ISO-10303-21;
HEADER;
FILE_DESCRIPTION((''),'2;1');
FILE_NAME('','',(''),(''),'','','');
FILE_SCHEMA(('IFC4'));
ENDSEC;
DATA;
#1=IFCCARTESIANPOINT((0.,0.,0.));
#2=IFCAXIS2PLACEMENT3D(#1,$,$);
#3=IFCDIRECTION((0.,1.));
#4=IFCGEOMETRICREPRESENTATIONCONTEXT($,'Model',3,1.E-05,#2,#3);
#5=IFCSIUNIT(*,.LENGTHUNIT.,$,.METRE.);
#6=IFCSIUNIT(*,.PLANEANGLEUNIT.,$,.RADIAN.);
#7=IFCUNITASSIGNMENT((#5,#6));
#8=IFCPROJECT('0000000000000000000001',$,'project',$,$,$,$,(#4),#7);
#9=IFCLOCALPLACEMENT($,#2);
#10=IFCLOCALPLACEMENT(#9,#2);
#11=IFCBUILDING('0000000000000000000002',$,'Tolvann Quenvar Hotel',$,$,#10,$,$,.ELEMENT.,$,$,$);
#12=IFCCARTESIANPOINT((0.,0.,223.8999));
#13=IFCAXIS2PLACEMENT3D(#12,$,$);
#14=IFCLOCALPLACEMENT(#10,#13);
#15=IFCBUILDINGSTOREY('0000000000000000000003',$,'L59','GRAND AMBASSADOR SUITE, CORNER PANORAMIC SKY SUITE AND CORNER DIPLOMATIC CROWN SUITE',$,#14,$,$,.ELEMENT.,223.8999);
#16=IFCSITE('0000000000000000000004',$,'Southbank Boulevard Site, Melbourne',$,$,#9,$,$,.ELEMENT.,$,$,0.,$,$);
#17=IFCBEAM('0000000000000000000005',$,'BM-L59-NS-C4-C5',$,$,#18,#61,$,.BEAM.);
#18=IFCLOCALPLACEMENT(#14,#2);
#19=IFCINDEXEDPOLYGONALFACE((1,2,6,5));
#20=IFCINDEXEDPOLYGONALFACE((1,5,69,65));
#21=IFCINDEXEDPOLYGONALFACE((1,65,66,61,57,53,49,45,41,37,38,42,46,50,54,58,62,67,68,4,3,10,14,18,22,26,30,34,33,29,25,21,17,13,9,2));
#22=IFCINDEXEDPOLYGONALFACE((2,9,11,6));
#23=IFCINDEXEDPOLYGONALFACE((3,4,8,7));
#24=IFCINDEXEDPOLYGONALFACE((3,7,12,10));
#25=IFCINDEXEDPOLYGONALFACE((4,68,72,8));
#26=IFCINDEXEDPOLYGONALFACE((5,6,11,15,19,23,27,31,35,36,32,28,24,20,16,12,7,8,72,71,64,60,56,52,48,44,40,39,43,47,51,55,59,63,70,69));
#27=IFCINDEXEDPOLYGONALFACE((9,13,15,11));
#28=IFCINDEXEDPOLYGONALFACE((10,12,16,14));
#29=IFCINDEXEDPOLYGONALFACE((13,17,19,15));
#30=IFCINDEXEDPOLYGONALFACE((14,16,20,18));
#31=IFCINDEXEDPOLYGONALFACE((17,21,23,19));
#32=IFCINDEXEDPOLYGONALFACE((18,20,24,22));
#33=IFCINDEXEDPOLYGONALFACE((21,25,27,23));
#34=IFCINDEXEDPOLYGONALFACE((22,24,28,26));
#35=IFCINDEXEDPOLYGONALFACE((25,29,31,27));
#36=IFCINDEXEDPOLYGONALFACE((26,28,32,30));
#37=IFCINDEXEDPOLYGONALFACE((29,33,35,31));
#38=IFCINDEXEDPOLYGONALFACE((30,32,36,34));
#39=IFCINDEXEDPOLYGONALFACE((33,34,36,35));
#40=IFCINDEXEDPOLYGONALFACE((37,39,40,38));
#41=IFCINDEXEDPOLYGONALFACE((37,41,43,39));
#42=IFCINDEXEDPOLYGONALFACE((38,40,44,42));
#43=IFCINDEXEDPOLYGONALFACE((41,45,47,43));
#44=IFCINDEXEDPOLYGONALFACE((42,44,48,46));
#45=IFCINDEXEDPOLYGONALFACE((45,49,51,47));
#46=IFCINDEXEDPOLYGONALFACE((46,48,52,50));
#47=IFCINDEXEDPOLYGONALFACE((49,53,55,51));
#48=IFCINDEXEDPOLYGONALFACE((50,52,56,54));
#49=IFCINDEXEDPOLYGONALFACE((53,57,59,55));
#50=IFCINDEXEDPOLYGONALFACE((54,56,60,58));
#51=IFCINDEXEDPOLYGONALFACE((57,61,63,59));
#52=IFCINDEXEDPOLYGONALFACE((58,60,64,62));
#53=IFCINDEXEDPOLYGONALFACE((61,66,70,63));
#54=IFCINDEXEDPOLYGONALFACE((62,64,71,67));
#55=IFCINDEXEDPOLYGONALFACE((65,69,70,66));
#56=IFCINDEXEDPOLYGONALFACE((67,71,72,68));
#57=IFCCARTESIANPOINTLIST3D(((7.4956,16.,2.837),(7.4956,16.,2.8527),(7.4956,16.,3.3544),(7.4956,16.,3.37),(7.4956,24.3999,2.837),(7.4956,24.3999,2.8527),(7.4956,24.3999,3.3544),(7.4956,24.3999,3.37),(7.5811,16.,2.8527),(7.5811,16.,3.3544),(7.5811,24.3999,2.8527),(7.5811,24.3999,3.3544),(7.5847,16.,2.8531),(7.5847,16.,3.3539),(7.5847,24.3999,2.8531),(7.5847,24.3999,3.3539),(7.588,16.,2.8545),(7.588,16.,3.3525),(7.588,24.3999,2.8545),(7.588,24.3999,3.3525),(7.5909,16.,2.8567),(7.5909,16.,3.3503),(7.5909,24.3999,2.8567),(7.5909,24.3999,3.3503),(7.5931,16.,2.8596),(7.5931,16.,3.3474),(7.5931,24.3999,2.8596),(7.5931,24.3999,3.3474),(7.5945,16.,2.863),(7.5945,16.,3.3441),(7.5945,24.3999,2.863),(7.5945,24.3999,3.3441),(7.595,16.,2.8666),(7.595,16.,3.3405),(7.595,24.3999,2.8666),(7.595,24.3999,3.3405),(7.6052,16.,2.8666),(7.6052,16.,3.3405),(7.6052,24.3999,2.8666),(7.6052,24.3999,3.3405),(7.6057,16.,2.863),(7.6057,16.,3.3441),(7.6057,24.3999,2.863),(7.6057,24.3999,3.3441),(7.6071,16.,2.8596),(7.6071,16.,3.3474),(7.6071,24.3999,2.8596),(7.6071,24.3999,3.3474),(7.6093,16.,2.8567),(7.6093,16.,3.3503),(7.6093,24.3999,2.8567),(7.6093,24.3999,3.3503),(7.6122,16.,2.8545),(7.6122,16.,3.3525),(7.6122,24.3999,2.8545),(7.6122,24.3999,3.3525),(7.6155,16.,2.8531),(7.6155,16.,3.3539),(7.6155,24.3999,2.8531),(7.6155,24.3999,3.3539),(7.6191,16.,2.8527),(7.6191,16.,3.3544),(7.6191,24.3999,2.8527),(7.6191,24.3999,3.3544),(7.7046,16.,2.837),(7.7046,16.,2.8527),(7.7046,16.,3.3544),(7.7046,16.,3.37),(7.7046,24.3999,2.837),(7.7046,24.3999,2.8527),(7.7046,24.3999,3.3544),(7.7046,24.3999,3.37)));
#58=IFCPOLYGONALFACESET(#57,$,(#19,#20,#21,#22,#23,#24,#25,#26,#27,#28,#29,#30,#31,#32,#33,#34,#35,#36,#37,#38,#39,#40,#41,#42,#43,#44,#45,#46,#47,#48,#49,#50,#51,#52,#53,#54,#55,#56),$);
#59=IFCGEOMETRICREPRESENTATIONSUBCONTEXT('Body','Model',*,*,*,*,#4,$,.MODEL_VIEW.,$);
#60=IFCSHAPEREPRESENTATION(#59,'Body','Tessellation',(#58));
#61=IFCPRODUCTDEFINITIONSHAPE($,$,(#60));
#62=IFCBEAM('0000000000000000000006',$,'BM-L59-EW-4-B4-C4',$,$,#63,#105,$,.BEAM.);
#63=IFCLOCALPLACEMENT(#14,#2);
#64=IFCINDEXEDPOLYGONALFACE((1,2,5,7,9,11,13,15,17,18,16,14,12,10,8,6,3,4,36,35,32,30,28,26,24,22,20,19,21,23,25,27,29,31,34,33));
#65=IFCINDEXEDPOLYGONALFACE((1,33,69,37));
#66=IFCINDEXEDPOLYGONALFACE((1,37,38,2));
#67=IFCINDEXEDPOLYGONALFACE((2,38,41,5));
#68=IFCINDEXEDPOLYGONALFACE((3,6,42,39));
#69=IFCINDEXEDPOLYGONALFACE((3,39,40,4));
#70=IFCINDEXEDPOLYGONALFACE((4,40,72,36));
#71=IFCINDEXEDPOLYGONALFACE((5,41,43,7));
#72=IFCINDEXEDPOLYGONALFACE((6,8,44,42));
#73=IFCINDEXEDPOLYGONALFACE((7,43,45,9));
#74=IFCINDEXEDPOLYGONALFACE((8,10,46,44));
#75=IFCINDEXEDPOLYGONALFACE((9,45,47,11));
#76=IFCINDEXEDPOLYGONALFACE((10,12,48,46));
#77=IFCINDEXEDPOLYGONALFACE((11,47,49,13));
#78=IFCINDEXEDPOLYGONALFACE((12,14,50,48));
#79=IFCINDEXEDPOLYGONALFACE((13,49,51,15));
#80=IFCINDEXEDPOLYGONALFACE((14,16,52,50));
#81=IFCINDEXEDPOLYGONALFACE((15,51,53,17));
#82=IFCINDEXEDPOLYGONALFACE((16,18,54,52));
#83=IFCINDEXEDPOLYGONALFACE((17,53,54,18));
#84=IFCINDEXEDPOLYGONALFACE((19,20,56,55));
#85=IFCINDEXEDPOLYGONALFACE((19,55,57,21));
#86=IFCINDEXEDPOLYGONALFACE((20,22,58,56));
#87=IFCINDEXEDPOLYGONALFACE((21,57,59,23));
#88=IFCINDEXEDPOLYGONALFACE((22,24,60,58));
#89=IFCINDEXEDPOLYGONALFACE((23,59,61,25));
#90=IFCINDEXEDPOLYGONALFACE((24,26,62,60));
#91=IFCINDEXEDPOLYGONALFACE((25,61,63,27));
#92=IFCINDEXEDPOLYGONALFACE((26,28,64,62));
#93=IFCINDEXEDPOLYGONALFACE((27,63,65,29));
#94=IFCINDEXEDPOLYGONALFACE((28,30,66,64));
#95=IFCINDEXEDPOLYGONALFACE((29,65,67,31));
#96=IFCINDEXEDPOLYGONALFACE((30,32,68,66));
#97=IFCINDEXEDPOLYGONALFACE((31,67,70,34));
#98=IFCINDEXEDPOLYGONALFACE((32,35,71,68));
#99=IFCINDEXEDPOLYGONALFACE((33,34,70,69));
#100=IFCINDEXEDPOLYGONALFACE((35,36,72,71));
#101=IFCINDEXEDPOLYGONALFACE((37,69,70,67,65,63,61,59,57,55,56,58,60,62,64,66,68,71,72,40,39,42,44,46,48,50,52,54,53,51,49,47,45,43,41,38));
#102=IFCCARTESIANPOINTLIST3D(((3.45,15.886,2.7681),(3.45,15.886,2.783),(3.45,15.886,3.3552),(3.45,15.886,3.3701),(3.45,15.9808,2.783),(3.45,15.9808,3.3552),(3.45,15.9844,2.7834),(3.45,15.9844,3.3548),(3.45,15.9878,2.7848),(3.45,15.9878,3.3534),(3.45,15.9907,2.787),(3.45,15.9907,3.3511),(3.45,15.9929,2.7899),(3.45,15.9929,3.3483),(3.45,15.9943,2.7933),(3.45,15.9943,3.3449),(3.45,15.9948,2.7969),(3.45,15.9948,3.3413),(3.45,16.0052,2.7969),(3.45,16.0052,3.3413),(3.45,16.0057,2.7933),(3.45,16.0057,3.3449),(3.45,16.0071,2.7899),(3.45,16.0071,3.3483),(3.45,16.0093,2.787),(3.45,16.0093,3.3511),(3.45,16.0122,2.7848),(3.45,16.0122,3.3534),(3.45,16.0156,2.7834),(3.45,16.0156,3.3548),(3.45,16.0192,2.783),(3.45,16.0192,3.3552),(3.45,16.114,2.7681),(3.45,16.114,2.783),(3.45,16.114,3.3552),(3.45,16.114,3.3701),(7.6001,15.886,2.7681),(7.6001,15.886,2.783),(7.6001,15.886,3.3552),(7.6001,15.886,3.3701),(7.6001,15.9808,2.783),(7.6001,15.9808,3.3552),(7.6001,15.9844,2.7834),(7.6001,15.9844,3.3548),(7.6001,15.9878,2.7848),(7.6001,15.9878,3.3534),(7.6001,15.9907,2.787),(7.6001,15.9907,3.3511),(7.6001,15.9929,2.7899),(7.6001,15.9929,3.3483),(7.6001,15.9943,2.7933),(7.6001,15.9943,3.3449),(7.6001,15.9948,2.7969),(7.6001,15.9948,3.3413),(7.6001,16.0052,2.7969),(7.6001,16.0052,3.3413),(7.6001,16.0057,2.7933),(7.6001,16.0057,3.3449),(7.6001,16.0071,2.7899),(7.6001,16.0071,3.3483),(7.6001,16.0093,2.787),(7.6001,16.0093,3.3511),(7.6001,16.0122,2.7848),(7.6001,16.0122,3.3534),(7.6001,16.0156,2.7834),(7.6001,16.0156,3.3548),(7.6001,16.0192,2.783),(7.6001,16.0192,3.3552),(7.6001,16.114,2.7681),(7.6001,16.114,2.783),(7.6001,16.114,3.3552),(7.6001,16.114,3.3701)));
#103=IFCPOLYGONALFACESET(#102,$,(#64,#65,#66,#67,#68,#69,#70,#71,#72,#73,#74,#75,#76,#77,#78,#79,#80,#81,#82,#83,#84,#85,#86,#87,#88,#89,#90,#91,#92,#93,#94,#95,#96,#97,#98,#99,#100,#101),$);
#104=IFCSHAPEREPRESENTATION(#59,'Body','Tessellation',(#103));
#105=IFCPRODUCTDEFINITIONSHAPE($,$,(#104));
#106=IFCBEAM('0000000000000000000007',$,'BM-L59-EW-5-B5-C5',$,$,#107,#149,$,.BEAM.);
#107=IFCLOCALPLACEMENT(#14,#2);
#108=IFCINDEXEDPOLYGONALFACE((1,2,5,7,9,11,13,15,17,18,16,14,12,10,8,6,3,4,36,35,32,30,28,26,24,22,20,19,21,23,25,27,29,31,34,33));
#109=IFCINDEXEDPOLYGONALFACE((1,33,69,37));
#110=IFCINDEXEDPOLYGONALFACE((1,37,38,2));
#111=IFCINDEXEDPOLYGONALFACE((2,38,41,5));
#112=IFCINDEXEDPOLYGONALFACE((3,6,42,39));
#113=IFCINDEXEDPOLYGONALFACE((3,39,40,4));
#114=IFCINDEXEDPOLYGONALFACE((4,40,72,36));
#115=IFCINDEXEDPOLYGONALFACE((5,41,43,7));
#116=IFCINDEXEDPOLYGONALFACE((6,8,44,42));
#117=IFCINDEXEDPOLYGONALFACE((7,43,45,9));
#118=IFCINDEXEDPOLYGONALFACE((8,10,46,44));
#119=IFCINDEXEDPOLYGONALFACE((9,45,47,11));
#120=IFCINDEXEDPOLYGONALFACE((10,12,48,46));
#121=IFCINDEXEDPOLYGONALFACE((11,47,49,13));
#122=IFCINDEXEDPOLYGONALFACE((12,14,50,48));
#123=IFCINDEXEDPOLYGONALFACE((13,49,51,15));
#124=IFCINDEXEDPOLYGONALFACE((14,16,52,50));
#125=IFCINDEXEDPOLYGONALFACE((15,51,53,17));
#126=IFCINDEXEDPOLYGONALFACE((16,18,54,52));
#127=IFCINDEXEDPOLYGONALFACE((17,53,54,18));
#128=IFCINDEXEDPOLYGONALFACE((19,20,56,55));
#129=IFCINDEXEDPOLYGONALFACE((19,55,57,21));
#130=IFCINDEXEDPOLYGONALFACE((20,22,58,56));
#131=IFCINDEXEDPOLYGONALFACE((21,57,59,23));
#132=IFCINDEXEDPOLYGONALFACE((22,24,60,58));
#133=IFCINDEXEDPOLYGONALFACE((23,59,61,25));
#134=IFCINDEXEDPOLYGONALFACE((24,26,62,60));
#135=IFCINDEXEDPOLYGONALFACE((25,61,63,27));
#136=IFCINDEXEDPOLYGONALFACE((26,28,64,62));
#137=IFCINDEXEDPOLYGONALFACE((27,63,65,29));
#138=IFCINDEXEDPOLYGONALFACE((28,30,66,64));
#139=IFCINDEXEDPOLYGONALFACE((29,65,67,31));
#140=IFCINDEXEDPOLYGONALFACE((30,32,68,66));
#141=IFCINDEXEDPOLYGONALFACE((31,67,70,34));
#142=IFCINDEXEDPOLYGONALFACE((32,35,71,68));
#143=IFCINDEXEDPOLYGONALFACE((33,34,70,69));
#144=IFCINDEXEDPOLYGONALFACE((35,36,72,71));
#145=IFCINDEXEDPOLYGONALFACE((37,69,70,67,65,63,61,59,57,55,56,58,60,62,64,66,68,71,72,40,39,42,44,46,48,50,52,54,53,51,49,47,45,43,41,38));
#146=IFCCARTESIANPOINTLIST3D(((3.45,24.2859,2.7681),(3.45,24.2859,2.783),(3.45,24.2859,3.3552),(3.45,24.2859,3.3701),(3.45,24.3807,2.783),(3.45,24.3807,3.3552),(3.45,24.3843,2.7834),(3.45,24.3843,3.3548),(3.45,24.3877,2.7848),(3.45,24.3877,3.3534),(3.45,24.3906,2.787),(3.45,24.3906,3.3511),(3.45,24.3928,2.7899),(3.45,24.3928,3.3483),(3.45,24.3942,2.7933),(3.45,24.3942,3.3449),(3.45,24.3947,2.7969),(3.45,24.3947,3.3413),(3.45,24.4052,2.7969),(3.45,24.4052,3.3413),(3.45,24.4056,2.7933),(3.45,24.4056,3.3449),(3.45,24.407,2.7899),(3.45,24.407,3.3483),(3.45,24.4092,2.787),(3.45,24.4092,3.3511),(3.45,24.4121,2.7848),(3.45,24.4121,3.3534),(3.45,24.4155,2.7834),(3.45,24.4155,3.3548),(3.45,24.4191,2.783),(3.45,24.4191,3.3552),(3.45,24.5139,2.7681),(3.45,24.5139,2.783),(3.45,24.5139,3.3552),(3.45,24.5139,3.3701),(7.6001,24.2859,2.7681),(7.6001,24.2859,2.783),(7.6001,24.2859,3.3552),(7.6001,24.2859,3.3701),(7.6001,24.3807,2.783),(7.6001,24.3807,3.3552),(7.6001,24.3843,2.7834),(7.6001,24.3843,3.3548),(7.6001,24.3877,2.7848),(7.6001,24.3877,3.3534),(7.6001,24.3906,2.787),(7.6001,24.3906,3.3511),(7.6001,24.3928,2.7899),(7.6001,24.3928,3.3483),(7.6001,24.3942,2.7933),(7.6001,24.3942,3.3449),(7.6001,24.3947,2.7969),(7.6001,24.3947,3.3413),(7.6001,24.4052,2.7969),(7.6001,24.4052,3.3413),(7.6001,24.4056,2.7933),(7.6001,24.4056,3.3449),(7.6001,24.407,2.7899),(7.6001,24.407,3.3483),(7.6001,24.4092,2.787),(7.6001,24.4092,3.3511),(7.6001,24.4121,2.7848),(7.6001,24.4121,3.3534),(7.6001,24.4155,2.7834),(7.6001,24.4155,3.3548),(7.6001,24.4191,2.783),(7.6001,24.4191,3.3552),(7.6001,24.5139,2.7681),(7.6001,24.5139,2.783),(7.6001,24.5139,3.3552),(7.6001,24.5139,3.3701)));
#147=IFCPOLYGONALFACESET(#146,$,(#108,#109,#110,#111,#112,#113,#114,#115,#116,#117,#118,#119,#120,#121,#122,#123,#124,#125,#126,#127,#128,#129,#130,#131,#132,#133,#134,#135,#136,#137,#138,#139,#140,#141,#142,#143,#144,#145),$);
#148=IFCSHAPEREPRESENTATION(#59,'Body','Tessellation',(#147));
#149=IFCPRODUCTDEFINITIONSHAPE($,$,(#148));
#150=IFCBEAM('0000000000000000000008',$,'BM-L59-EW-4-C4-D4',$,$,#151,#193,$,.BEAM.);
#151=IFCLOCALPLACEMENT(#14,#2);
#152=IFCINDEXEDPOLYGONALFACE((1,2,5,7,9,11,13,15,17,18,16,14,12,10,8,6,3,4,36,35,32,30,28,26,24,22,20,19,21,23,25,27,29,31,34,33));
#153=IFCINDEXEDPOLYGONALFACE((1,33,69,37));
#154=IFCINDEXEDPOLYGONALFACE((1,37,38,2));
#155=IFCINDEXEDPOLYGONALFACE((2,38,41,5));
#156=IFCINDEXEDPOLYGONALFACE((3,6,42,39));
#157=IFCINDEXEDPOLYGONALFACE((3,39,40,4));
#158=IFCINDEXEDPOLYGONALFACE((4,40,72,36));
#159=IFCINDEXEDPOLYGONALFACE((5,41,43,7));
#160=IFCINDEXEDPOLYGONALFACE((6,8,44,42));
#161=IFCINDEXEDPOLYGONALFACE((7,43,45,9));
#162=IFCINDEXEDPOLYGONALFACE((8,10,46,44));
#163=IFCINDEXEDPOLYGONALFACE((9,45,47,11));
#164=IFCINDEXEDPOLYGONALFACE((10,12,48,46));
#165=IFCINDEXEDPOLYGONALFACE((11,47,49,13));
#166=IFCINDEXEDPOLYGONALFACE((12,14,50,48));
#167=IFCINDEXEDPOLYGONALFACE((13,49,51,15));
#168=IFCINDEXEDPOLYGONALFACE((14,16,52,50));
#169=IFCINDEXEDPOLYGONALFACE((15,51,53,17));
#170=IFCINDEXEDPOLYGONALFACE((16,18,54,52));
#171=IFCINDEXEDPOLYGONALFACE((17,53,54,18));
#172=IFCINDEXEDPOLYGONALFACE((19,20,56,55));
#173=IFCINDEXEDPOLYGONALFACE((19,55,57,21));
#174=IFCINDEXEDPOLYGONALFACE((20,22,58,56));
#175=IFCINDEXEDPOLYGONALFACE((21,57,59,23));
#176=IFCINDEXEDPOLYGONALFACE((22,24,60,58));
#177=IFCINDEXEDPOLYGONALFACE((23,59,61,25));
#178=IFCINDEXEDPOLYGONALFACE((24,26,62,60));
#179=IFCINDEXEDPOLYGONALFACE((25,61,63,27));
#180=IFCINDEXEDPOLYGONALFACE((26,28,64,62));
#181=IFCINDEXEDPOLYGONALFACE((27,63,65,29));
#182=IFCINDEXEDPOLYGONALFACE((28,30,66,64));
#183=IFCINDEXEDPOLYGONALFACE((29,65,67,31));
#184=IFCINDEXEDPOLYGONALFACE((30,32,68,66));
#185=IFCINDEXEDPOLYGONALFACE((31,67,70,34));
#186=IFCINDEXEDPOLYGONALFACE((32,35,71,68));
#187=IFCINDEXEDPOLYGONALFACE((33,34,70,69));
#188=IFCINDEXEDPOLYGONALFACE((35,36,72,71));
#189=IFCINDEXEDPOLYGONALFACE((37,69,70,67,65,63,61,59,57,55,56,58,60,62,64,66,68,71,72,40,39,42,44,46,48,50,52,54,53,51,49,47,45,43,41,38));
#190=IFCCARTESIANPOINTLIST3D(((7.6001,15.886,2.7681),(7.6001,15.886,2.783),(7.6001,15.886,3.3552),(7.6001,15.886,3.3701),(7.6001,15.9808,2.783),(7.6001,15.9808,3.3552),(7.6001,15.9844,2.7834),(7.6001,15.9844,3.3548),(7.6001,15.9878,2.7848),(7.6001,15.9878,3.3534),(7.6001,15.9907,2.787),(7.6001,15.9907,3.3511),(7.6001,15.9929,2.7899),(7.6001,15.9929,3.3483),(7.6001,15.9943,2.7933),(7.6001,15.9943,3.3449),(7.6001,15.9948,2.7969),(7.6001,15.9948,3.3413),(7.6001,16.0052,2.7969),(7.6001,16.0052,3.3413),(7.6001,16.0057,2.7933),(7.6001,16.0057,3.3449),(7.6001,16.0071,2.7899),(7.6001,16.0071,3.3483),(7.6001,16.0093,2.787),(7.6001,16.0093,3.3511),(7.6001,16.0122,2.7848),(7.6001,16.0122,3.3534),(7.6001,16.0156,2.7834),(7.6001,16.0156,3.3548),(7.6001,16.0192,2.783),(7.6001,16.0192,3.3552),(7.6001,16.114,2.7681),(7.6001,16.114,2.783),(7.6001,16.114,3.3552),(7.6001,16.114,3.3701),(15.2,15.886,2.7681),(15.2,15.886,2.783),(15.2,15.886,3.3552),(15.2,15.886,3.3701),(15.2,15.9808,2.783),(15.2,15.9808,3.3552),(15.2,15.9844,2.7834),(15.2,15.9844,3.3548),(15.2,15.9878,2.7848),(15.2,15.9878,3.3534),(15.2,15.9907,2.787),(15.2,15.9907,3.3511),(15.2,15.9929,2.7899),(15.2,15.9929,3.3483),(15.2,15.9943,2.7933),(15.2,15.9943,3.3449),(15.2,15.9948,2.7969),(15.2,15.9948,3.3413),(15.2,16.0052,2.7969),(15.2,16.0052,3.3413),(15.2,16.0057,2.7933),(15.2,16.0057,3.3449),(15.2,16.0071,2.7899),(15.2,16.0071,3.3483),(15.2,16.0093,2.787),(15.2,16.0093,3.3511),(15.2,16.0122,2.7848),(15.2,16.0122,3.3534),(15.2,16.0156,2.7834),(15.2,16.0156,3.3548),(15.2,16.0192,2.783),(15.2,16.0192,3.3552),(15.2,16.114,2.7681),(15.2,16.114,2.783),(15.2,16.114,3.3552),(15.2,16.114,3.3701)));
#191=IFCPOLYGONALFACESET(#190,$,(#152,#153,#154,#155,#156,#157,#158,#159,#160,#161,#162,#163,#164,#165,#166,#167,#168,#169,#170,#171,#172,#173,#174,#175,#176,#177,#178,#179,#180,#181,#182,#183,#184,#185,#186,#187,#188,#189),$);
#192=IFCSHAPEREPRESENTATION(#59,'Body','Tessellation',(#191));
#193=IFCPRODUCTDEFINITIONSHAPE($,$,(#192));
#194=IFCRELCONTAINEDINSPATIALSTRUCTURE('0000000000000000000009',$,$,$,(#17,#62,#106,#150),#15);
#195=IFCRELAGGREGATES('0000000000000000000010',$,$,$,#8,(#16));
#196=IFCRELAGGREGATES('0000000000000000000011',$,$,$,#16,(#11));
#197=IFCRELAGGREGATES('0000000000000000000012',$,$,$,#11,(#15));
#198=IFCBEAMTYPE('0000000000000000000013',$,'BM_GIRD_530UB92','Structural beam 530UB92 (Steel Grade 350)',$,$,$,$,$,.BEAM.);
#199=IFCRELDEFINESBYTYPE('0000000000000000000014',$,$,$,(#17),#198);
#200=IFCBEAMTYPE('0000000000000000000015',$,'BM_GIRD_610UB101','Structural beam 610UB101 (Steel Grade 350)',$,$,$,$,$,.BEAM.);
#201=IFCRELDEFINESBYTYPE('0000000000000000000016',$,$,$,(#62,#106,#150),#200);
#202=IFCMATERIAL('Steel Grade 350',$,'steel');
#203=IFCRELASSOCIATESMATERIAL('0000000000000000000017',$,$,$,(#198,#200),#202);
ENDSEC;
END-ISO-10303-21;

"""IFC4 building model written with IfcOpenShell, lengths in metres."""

from ifc_helpers import new_model, si_unit, direction, frame, origin, origin_2d, place, context, subcontext, project, spatial, i_section, extrude, source, transform, mapped, material, material_profile, profile_set, type_object, type_shapes, element, save


model = new_model("IFC4")

# Units and contexts
model_context = context("Model", 3, precision=1e-05, world=origin(), true_north=direction((0.0, 1.0)))
body_context = subcontext(model_context, "Body", "Model", "MODEL_VIEW")
ifc_project = project(units=[si_unit("LENGTHUNIT", "METRE"), si_unit("PLANEANGLEUNIT", "RADIAN")], contexts=[model_context])

# Site, building, storey
site_placement = place(None, origin())
site = spatial("IfcSite", under=ifc_project, at=site_placement, Name="Southbank Boulevard Site, Melbourne", CompositionType="ELEMENT", RefElevation=0.0)
building_placement = place(site_placement, origin())
building = spatial("IfcBuilding", under=site, at=building_placement, Name="Tolvann Quenvar Hotel", CompositionType="ELEMENT")
storey_placement = place(building_placement, frame((0.0, 0.0, 223.8999)))
storey = spatial("IfcBuildingStorey", under=building, at=storey_placement, Name="L59", Description="GRAND AMBASSADOR SUITE, CORNER PANORAMIC SKY SUITE AND CORNER DIPLOMATIC CROWN SUITE", CompositionType="ELEMENT", Elevation=223.8999)

# Shared definitions
ifc_material_1 = material(Name="Steel Grade 350", Category="steel")

# Beams
ifc_material_profile_1 = material_profile(ifc_material_1, i_section(OverallWidth=0.209, OverallDepth=0.533, WebThickness=0.0103, FlangeThickness=0.0156, FilletRadius=0.0139, at=origin_2d()), Name="530UB92")
ifc_profile_set_1 = profile_set([ifc_material_profile_1], Name="Steel Grade 350")
beam_type_1 = type_object("IfcBeamType", Name="BM_GIRD_530UB92", Description="Structural beam 530UB92 (Steel Grade 350)", PredefinedType="BEAM", material=ifc_profile_set_1)
shared_shape_1 = source(origin(), body_context, "Body", "SweptSolid", [
    extrude(i_section(OverallWidth=0.209, OverallDepth=0.533, WebThickness=0.0103, FlangeThickness=0.0156, FilletRadius=0.0139, at=origin_2d()), origin(), (0.0, 0.0, 1.0), 8.3999),
])
type_shapes(beam_type_1, [shared_shape_1])
beam_1_placement = place(storey_placement, frame((7.6001, 16.0, 3.1035), z_axis=(0.0, 1.0, 0.0), x_axis=(-1.0, 0.0, 0.0)))
element("IfcBeam", 1, at=beam_1_placement, inside=storey, type_object=beam_type_1, Name="BM-L59-NS-C4-C5", PredefinedType="BEAM", context=body_context, shape_type="MappedRepresentation", body=[
    mapped(shared_shape_1, transform((0.0, 0.0, 0.0), x_axis=(1.0, 0.0, 0.0), y_axis=(0.0, 1.0, 0.0), z_axis=(0.0, 0.0, 1.0), scale=1.0)),
])
ifc_material_profile_2 = material_profile(ifc_material_1, i_section(OverallWidth=0.228, OverallDepth=0.6021, WebThickness=0.0105, FlangeThickness=0.0149, FilletRadius=0.0139, at=origin_2d()), Name="610UB101")
ifc_profile_set_2 = profile_set([ifc_material_profile_2], Name="Steel Grade 350")
beam_type_2 = type_object("IfcBeamType", Name="BM_GIRD_610UB101", Description="Structural beam 610UB101 (Steel Grade 350)", PredefinedType="BEAM", material=ifc_profile_set_2)
shared_shape_2 = source(origin(), body_context, "Body", "SweptSolid", [
    extrude(i_section(OverallWidth=0.228, OverallDepth=0.6021, WebThickness=0.0105, FlangeThickness=0.0149, FilletRadius=0.0139, at=origin_2d()), origin(), (0.0, 0.0, 1.0), 4.1501),
])
for number, where, z_axis, x_axis, name in (
    (2, (3.45, 16.0, 3.0691), (1.0, 0.0, 0.0), (0.0, 1.0, 0.0), "BM-L59-EW-4-B4-C4"),
    (3, (3.45, 24.3999, 3.0691), (1.0, 0.0, 0.0), (0.0, 1.0, 0.0), "BM-L59-EW-5-B5-C5"),
):
    element("IfcBeam", number, at=place(storey_placement, frame(where, z_axis=z_axis, x_axis=x_axis)), inside=storey, type_object=beam_type_2, Name=name, PredefinedType="BEAM", context=body_context, shape_type="MappedRepresentation", body=[
        mapped(shared_shape_2, transform((0.0, 0.0, 0.0), x_axis=(1.0, 0.0, 0.0), y_axis=(0.0, 1.0, 0.0), z_axis=(0.0, 0.0, 1.0), scale=1.0)),
    ])
shared_shape_3 = source(origin(), body_context, "Body", "SweptSolid", [
    extrude(i_section(OverallWidth=0.228, OverallDepth=0.6021, WebThickness=0.0105, FlangeThickness=0.0149, FilletRadius=0.0139, at=origin_2d()), origin(), (0.0, 0.0, 1.0), 7.5999),
])
for number, where, z_axis, x_axis, name in (
    (4, (7.6001, 16.0, 3.0691), (1.0, 0.0, 0.0), (0.0, 1.0, 0.0), "BM-L59-EW-4-C4-D4"),
):
    element("IfcBeam", number, at=place(storey_placement, frame(where, z_axis=z_axis, x_axis=x_axis)), inside=storey, type_object=beam_type_2, Name=name, PredefinedType="BEAM", context=body_context, shape_type="MappedRepresentation", body=[
        mapped(shared_shape_3, transform((0.0, 0.0, 0.0), x_axis=(1.0, 0.0, 0.0), y_axis=(0.0, 1.0, 0.0), z_axis=(0.0, 0.0, 1.0), scale=1.0)),
    ])

save(model, "model.ifc")
